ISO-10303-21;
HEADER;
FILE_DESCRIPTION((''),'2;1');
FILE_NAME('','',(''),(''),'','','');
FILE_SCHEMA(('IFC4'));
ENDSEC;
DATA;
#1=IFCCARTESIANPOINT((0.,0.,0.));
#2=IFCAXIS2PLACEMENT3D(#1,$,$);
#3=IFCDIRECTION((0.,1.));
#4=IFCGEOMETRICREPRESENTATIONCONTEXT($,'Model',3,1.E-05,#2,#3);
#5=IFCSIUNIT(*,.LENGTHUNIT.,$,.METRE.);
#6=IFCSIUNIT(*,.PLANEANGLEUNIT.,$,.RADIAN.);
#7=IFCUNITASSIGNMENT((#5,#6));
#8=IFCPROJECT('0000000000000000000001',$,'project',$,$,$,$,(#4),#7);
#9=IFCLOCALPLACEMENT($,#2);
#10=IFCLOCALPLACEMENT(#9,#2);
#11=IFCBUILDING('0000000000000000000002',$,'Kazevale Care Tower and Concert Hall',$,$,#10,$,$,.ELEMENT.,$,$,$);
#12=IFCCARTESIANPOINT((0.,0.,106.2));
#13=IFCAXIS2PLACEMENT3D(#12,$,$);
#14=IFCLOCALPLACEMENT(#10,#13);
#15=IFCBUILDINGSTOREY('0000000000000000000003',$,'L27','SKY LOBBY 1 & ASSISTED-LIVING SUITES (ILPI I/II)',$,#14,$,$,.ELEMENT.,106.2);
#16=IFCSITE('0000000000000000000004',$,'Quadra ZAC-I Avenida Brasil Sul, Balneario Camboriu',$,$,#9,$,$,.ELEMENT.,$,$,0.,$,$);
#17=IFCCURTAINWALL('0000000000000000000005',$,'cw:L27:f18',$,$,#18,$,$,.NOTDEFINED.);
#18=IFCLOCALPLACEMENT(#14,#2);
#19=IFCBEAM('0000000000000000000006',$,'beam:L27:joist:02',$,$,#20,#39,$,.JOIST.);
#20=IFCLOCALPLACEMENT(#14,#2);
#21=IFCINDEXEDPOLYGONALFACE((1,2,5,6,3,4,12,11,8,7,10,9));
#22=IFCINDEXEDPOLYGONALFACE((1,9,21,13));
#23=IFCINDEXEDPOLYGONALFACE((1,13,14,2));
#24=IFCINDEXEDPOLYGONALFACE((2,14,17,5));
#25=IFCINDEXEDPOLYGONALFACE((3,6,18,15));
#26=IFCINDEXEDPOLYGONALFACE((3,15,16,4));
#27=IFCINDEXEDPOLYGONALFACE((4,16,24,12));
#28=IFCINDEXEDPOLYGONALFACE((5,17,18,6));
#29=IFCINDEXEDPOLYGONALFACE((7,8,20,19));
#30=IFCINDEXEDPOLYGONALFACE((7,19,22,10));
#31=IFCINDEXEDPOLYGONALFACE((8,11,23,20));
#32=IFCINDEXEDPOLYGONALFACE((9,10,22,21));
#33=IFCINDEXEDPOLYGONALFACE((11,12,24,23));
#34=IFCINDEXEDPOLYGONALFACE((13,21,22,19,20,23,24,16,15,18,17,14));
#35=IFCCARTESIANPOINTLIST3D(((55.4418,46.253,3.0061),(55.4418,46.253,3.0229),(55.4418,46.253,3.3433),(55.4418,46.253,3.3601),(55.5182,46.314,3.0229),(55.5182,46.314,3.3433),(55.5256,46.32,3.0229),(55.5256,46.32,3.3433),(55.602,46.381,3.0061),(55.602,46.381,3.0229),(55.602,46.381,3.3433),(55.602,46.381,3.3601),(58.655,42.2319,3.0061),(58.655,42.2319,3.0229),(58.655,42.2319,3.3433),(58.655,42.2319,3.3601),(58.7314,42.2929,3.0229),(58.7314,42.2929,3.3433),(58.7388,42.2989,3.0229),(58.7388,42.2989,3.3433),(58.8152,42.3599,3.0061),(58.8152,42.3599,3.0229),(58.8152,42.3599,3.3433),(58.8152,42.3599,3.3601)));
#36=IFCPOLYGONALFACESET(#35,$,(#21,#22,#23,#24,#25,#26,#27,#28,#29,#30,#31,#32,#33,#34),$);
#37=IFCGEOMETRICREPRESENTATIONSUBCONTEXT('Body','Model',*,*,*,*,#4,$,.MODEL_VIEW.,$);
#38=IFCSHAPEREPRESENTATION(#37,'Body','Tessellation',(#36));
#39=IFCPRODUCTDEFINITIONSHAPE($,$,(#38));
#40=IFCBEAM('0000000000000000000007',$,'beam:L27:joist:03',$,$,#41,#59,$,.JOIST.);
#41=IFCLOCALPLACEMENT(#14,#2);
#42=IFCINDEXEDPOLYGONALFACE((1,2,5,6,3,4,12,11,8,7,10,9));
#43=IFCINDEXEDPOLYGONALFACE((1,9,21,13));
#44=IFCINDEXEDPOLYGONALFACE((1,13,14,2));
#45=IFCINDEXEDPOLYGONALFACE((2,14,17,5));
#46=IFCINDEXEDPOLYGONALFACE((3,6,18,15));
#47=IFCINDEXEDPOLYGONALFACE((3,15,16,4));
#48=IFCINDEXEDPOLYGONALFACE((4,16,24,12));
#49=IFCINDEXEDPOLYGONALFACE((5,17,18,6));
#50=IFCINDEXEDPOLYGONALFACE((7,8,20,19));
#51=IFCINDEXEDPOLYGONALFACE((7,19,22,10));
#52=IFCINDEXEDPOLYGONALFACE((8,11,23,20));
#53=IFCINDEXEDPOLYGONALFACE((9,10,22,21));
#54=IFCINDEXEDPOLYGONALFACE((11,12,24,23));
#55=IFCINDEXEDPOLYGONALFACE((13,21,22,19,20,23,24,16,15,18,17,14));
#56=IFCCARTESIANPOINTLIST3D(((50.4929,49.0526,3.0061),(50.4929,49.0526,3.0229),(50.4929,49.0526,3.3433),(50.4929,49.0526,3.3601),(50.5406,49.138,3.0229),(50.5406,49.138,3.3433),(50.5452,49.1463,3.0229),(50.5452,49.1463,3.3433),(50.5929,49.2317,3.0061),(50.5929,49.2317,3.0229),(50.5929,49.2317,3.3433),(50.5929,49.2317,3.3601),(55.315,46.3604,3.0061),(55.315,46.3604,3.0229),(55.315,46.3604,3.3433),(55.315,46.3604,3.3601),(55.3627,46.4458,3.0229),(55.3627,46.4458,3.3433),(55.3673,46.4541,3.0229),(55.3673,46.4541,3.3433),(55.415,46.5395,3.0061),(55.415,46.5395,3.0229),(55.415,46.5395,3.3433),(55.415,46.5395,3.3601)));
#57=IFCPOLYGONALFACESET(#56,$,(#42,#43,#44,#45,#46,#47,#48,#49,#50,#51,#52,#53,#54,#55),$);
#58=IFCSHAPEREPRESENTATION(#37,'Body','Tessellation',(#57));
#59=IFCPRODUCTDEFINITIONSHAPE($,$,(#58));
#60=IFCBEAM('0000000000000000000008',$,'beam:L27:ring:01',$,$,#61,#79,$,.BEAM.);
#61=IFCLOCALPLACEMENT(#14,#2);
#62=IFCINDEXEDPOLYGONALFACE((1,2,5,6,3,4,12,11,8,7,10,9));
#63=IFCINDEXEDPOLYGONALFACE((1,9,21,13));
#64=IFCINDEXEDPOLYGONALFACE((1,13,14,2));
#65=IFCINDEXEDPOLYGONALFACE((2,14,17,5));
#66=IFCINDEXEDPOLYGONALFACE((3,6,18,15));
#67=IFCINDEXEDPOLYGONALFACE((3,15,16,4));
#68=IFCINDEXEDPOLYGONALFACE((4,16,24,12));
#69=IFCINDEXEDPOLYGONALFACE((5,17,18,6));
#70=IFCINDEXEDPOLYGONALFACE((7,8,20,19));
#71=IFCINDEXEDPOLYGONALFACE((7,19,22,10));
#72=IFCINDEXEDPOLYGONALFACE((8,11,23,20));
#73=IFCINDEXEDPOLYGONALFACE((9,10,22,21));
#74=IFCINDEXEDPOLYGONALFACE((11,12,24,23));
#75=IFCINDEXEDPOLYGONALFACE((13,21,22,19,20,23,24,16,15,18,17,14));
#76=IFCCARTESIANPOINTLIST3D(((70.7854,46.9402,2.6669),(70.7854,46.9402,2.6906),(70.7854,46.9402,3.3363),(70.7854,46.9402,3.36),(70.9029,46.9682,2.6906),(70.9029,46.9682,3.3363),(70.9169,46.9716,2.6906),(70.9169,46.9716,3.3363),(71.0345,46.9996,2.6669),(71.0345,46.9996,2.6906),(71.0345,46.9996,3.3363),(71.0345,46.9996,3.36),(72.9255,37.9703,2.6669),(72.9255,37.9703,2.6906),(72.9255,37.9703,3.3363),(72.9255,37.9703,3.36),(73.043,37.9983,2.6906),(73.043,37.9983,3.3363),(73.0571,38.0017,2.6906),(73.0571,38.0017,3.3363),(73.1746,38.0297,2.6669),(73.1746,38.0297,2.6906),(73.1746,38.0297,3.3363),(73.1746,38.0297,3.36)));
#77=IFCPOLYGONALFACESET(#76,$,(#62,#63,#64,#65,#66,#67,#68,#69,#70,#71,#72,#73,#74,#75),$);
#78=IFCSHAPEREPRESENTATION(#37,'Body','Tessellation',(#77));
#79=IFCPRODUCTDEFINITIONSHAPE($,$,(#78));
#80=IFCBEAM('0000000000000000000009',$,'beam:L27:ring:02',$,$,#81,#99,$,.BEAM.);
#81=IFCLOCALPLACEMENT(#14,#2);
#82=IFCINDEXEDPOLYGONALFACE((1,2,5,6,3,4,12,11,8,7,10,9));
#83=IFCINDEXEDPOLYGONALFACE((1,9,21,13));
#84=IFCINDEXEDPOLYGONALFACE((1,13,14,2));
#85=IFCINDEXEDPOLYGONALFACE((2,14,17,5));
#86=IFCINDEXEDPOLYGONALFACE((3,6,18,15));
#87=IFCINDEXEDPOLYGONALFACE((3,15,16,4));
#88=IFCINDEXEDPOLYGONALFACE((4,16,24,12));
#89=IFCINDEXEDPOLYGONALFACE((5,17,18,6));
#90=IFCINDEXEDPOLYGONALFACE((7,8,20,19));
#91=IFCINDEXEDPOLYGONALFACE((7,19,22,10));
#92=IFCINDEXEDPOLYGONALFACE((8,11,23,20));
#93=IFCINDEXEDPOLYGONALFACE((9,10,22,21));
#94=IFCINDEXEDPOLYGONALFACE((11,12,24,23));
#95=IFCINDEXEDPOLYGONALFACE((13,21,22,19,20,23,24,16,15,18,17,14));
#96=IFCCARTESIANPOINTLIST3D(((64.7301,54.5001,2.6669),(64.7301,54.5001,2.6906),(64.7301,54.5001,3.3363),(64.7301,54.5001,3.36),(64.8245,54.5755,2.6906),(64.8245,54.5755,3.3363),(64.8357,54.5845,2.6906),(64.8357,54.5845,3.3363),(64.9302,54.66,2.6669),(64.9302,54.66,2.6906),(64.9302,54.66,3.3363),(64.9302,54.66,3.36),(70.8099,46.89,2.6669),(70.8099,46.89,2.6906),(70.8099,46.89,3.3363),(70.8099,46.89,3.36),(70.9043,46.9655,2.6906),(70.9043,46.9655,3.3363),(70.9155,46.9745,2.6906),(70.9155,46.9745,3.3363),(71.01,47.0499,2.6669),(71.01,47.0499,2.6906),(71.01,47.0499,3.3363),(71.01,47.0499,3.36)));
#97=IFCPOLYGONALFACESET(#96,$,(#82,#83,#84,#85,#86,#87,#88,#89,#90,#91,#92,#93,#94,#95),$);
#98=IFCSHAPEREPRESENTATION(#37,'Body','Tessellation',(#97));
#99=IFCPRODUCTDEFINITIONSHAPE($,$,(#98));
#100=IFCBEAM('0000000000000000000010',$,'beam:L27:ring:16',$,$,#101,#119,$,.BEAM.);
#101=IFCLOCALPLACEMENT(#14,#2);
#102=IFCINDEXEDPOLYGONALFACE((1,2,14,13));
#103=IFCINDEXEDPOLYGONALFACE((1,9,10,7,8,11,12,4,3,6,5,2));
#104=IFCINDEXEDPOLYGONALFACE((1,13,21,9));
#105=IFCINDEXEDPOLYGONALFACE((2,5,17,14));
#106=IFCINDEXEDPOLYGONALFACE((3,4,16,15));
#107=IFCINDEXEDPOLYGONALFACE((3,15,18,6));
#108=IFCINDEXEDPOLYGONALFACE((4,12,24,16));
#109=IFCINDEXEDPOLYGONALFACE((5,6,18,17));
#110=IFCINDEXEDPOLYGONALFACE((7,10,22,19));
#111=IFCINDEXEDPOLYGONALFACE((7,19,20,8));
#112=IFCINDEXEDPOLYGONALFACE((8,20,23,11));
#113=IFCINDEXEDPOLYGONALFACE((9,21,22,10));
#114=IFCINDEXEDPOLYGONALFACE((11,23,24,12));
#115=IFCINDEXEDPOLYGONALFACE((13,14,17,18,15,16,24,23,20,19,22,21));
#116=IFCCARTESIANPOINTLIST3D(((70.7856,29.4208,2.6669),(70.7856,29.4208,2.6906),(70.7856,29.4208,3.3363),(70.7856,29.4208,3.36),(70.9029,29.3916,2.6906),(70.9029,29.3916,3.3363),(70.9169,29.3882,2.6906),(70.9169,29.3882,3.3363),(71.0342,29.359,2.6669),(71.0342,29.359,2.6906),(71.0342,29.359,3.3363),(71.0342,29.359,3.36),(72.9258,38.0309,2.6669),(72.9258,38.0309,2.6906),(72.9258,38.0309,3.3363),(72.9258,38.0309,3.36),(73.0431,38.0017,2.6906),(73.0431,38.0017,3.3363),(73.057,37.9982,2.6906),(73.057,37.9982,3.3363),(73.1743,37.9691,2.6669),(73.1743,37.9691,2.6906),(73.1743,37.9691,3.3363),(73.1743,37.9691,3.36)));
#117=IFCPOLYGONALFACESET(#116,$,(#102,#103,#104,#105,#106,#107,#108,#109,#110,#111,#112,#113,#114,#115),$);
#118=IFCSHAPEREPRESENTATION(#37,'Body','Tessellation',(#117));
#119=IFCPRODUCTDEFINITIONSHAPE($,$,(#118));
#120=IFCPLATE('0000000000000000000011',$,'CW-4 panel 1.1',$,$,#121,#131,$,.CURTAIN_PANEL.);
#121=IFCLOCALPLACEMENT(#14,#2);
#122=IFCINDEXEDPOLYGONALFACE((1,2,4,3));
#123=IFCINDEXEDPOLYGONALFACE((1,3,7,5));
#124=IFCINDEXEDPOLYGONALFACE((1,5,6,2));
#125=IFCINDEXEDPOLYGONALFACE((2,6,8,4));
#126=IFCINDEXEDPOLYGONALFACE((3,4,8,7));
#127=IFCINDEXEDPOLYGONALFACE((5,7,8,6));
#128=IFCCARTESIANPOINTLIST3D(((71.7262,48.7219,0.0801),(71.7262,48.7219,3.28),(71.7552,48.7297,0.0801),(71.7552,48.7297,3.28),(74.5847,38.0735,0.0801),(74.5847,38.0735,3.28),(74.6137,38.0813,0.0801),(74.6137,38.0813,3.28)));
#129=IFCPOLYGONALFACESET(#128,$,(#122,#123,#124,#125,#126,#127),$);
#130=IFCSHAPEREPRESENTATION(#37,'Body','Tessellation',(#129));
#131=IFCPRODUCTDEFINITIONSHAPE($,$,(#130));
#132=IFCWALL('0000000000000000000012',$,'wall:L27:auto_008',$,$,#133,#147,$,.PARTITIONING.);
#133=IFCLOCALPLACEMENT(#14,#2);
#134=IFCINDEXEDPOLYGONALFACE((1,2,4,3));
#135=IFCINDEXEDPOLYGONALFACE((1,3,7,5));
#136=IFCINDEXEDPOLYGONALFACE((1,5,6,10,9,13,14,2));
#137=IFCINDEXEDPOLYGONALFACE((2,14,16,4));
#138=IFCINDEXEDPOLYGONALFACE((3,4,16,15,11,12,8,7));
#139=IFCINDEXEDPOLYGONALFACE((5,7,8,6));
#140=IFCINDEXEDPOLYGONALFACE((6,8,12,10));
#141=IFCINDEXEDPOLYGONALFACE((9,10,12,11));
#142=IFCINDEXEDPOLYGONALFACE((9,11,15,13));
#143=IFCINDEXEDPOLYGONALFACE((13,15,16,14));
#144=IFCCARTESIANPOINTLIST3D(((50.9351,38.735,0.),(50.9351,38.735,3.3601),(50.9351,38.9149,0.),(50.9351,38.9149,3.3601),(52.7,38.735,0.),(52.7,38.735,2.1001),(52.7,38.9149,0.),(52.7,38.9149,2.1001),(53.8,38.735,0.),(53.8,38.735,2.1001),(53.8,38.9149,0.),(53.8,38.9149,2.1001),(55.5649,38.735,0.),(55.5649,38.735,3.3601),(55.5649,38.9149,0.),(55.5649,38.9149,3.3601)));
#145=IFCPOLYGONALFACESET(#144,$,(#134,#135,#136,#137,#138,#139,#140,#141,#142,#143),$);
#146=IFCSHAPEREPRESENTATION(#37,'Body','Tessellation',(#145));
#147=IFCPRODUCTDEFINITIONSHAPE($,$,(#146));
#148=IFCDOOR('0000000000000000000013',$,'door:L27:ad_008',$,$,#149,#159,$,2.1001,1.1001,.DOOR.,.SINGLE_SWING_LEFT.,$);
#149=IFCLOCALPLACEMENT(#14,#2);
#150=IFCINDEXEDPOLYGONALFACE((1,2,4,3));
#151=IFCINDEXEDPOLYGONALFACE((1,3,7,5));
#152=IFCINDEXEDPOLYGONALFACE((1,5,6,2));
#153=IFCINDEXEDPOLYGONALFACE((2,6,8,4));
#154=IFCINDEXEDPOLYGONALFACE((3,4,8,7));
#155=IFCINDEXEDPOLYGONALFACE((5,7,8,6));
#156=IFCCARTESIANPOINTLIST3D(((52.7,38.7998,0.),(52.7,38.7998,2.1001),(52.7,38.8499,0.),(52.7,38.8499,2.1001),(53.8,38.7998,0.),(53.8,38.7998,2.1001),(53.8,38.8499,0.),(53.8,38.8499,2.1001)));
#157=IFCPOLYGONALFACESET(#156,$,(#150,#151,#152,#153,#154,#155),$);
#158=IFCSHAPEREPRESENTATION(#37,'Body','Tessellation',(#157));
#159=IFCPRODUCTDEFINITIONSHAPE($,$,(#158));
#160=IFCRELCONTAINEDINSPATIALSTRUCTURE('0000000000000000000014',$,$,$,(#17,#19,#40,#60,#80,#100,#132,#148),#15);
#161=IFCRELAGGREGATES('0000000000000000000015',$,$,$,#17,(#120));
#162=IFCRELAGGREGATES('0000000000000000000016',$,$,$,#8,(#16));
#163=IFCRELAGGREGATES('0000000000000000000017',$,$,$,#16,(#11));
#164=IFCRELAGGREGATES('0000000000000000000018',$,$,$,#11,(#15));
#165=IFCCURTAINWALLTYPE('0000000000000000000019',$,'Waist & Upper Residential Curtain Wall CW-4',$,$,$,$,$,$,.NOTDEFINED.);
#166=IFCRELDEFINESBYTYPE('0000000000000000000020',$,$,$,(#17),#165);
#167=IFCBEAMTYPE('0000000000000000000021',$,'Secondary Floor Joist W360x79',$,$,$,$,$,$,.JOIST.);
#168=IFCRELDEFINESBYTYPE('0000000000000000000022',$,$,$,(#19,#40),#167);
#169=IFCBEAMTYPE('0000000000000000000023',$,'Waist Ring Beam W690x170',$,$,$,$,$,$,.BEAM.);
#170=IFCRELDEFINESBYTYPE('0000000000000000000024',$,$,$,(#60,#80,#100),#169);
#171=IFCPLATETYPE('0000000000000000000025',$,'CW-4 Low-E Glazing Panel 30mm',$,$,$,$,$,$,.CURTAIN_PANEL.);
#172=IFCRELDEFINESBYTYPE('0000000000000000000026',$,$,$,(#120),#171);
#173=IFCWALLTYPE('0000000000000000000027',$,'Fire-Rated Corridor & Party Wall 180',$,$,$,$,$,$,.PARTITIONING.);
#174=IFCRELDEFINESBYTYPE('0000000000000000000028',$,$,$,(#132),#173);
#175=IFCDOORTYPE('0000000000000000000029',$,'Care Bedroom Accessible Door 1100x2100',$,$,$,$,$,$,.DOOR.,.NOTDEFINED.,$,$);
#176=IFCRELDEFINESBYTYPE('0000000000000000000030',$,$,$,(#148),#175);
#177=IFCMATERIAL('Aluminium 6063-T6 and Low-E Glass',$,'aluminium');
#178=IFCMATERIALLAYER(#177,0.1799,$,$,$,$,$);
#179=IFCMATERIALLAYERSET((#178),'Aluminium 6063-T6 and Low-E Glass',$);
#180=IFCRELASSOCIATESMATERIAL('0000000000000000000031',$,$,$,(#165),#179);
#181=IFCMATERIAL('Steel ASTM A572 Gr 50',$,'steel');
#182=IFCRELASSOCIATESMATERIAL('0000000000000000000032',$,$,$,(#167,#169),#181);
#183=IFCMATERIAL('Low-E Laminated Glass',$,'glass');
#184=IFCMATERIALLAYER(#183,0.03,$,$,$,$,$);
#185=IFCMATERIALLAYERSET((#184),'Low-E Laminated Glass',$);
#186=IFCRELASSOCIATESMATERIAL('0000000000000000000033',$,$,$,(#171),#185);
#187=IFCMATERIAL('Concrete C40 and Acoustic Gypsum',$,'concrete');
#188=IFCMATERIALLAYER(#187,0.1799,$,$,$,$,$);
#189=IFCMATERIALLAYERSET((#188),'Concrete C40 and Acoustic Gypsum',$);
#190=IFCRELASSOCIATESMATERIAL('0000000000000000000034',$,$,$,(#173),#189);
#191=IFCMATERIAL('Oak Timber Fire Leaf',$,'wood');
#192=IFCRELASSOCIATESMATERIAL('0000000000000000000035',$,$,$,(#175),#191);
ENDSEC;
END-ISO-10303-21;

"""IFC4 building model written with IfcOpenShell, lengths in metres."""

from ifc_helpers import new_model, si_unit, direction, frame, frame_2d, origin, origin_2d, place, context, subcontext, project, spatial, rectangle, i_section, extrude, material, layer, layer_set, material_profile, profile_set, type_object, element, fill, aggregate, save


model = new_model("IFC4")

# Units and contexts
model_context = context("Model", 3, precision=1e-05, world=origin(), true_north=direction((0.0, 1.0)))
body_context = subcontext(model_context, "Body", "Model", "MODEL_VIEW")
ifc_project = project(units=[si_unit("LENGTHUNIT", "METRE"), si_unit("PLANEANGLEUNIT", "RADIAN")], contexts=[model_context])

# Site, building, storey
site_placement = place(None, origin())
site = spatial("IfcSite", under=ifc_project, at=site_placement, Name="Quadra ZAC-I Avenida Brasil Sul, Balneario Camboriu", CompositionType="ELEMENT", RefElevation=0.0)
building_placement = place(site_placement, origin())
building = spatial("IfcBuilding", under=site, at=building_placement, Name="Kazevale Care Tower and Concert Hall", CompositionType="ELEMENT")
storey_placement = place(building_placement, frame((0.0, 0.0, 106.2)))
storey = spatial("IfcBuildingStorey", under=building, at=storey_placement, Name="L27", Description="SKY LOBBY 1 & ASSISTED-LIVING SUITES (ILPI I/II)", CompositionType="ELEMENT", Elevation=106.2)

# Curtain wall
ifc_material_1 = material(Name="Aluminium 6063-T6 and Low-E Glass", Category="aluminium")
ifc_layer_1 = layer(ifc_material_1, 0.1799)
ifc_layer_set_1 = layer_set([ifc_layer_1], Name="Aluminium 6063-T6 and Low-E Glass")
curtain_wall_type = type_object("IfcCurtainWallType", Name="Waist & Upper Residential Curtain Wall CW-4", PredefinedType="NOTDEFINED", material=ifc_layer_set_1)
curtain_wall_placement = place(storey_placement, origin())
curtain_wall = element("IfcCurtainWall", 1, at=curtain_wall_placement, inside=storey, type_object=curtain_wall_type, Name="cw:L27:f18", PredefinedType="NOTDEFINED")

# Beams
ifc_material_2 = material(Name="Steel ASTM A572 Gr 50", Category="steel")
ifc_material_profile_1 = material_profile(ifc_material_2, i_section(OverallWidth=0.2051, OverallDepth=0.354, WebThickness=0.0095, FlangeThickness=0.0168, at=origin_2d()), Name="W360x79")
ifc_profile_set_1 = profile_set([ifc_material_profile_1], Name="Steel ASTM A572 Gr 50")
beam_type_1 = type_object("IfcBeamType", Name="Secondary Floor Joist W360x79", PredefinedType="JOIST", material=ifc_profile_set_1)
beam_1_placement = place(storey_placement, frame((58.7351, 42.2959, 3.1831), z_axis=(-0.624261, 0.781216, 0.0), x_axis=(-0.781216, -0.624261, 0.0)))
element("IfcBeam", 2, at=beam_1_placement, inside=storey, type_object=beam_type_1, Name="beam:L27:joist:02", PredefinedType="JOIST", context=body_context, shape_type="SweptSolid", body=[
    extrude(i_section(OverallWidth=0.2051, OverallDepth=0.354, WebThickness=0.0095, FlangeThickness=0.0168, at=origin_2d()), origin(), (0.0, 0.0, 1.0), 5.1472),
])
beam_2_placement = place(storey_placement, frame((55.365, 46.45, 3.1831), z_axis=(-0.873138, 0.487474, 0.0), x_axis=(-0.487474, -0.873138, 0.0)))
element("IfcBeam", 3, at=beam_2_placement, inside=storey, type_object=beam_type_1, Name="beam:L27:joist:03", PredefinedType="JOIST", context=body_context, shape_type="SweptSolid", body=[
    extrude(i_section(OverallWidth=0.2051, OverallDepth=0.354, WebThickness=0.0095, FlangeThickness=0.0168, at=origin_2d()), origin(), (0.0, 0.0, 1.0), 5.5227),
])
ifc_material_profile_2 = material_profile(ifc_material_2, i_section(OverallWidth=0.2561, OverallDepth=0.6931, WebThickness=0.0144, FlangeThickness=0.0237, at=origin_2d()), Name="W690x170")
ifc_profile_set_2 = profile_set([ifc_material_profile_2], Name="Steel ASTM A572 Gr 50")
beam_type_2 = type_object("IfcBeamType", Name="Waist Ring Beam W690x170", PredefinedType="BEAM", material=ifc_profile_set_2)
beam_3_placement = place(storey_placement, frame((73.05, 38.0, 3.0134), z_axis=(-0.232075, 0.972698, 0.0), x_axis=(-0.972698, -0.232075, 0.0)))
element("IfcBeam", 4, at=beam_3_placement, inside=storey, type_object=beam_type_2, Name="beam:L27:ring:01", PredefinedType="BEAM", context=body_context, shape_type="SweptSolid", body=[
    extrude(i_section(OverallWidth=0.2561, OverallDepth=0.6931, WebThickness=0.0144, FlangeThickness=0.0237, at=origin_2d()), origin(), (0.0, 0.0, 1.0), 9.2217),
])
beam_4_placement = place(storey_placement, frame((70.9099, 46.97, 3.0134), z_axis=(-0.624178, 0.781282, 0.0), x_axis=(-0.781282, -0.624178, 0.0)))
element("IfcBeam", 5, at=beam_4_placement, inside=storey, type_object=beam_type_2, Name="beam:L27:ring:02", PredefinedType="BEAM", context=body_context, shape_type="SweptSolid", body=[
    extrude(i_section(OverallWidth=0.2561, OverallDepth=0.6931, WebThickness=0.0144, FlangeThickness=0.0237, at=origin_2d()), origin(), (0.0, 0.0, 1.0), 9.7405),
])
beam_5_placement = place(storey_placement, frame((70.9099, 29.3899, 3.0134), z_axis=(0.241221, 0.97047, 0.0), x_axis=(-0.97047, 0.241221, 0.0)))
element("IfcBeam", 6, at=beam_5_placement, inside=storey, type_object=beam_type_2, Name="beam:L27:ring:16", PredefinedType="BEAM", context=body_context, shape_type="SweptSolid", body=[
    extrude(i_section(OverallWidth=0.2561, OverallDepth=0.6931, WebThickness=0.0144, FlangeThickness=0.0237, at=origin_2d()), origin(), (0.0, 0.0, 1.0), 8.8721),
])

# Plate
ifc_material_3 = material(Name="Low-E Laminated Glass", Category="glass")
ifc_layer_2 = layer(ifc_material_3, 0.03)
ifc_layer_set_2 = layer_set([ifc_layer_2], Name="Low-E Laminated Glass")
plate_type = type_object("IfcPlateType", Name="CW-4 Low-E Glazing Panel 30mm", PredefinedType="CURTAIN_PANEL", material=ifc_layer_set_2)
plate_placement = place(storey_placement, frame((73.1699, 43.4016, 0.0801), z_axis=(0.0, 0.0, 1.0), x_axis=(0.259265, -0.965806, 0.0)))
plate = element("IfcPlate", 7, at=plate_placement, type_object=plate_type, Name="CW-4 panel 1.1", PredefinedType="CURTAIN_PANEL", context=body_context, shape_type="SweptSolid", body=[
    extrude(rectangle(XDim=11.0254, YDim=0.03, at=origin_2d()), origin(), (0.0, 0.0, 1.0), 3.2),
])
aggregate(curtain_wall, [plate])

# Wall, opening, door
ifc_material_4 = material(Name="Concrete C40 and Acoustic Gypsum", Category="concrete")
ifc_layer_3 = layer(ifc_material_4, 0.1799)
ifc_layer_set_3 = layer_set([ifc_layer_3], Name="Concrete C40 and Acoustic Gypsum")
wall_type_1 = type_object("IfcWallType", Name="Fire-Rated Corridor & Party Wall 180", PredefinedType="PARTITIONING", material=ifc_layer_set_3)
wall_1_placement = place(storey_placement, frame((50.9351, 38.825, 0.0), z_axis=(0.0, 0.0, 1.0), x_axis=(1.0, 0.0, 0.0)))
wall_1 = element("IfcWall", 8, at=wall_1_placement, inside=storey, type_object=wall_type_1, Name="wall:L27:auto_008", PredefinedType="PARTITIONING", context=body_context, shape_type="SweptSolid", body=[
    extrude(rectangle(XDim=4.6299, YDim=0.1799, at=frame_2d((2.3149, 0.0))), origin(), (0.0, 0.0, 1.0), 3.3601),
])
opening_1_placement = place(wall_1_placement, frame((1.7649, 0.0, 0.0)))
opening_1 = element("IfcOpeningElement", 9, at=opening_1_placement, cuts=wall_1, PredefinedType="OPENING", context=body_context, shape_type="SweptSolid", body=[
    extrude(rectangle(XDim=1.1001, YDim=2.1001, at=frame_2d((0.55, 1.05))), frame((0.0, 0.0999, 0.0), z_axis=(0.0, -1.0, 0.0), x_axis=(1.0, 0.0, 0.0)), (0.0, 0.0, 1.0), 0.2),
])
ifc_material_5 = material(Name="Oak Timber Fire Leaf", Category="wood")
door_type = type_object("IfcDoorType", Name="Care Bedroom Accessible Door 1100x2100", OperationType="NOTDEFINED", PredefinedType="DOOR", material=ifc_material_5)
door_1_placement = place(opening_1_placement, origin())
door_1 = element("IfcDoor", 10, at=door_1_placement, inside=storey, type_object=door_type, Name="door:L27:ad_008", OperationType="SINGLE_SWING_LEFT", OverallHeight=2.1001, OverallWidth=1.1001, PredefinedType="DOOR", context=body_context, shape_type="SweptSolid", body=[
    extrude(rectangle(XDim=1.1001, YDim=2.1001, at=frame_2d((0.55, 1.05))), frame((0.0, 0.0249, 0.0), z_axis=(0.0, -1.0, 0.0), x_axis=(1.0, 0.0, 0.0)), (0.0, 0.0, 1.0), 0.05),
])
fill(opening_1, door_1)

save(model, "model.ifc")
